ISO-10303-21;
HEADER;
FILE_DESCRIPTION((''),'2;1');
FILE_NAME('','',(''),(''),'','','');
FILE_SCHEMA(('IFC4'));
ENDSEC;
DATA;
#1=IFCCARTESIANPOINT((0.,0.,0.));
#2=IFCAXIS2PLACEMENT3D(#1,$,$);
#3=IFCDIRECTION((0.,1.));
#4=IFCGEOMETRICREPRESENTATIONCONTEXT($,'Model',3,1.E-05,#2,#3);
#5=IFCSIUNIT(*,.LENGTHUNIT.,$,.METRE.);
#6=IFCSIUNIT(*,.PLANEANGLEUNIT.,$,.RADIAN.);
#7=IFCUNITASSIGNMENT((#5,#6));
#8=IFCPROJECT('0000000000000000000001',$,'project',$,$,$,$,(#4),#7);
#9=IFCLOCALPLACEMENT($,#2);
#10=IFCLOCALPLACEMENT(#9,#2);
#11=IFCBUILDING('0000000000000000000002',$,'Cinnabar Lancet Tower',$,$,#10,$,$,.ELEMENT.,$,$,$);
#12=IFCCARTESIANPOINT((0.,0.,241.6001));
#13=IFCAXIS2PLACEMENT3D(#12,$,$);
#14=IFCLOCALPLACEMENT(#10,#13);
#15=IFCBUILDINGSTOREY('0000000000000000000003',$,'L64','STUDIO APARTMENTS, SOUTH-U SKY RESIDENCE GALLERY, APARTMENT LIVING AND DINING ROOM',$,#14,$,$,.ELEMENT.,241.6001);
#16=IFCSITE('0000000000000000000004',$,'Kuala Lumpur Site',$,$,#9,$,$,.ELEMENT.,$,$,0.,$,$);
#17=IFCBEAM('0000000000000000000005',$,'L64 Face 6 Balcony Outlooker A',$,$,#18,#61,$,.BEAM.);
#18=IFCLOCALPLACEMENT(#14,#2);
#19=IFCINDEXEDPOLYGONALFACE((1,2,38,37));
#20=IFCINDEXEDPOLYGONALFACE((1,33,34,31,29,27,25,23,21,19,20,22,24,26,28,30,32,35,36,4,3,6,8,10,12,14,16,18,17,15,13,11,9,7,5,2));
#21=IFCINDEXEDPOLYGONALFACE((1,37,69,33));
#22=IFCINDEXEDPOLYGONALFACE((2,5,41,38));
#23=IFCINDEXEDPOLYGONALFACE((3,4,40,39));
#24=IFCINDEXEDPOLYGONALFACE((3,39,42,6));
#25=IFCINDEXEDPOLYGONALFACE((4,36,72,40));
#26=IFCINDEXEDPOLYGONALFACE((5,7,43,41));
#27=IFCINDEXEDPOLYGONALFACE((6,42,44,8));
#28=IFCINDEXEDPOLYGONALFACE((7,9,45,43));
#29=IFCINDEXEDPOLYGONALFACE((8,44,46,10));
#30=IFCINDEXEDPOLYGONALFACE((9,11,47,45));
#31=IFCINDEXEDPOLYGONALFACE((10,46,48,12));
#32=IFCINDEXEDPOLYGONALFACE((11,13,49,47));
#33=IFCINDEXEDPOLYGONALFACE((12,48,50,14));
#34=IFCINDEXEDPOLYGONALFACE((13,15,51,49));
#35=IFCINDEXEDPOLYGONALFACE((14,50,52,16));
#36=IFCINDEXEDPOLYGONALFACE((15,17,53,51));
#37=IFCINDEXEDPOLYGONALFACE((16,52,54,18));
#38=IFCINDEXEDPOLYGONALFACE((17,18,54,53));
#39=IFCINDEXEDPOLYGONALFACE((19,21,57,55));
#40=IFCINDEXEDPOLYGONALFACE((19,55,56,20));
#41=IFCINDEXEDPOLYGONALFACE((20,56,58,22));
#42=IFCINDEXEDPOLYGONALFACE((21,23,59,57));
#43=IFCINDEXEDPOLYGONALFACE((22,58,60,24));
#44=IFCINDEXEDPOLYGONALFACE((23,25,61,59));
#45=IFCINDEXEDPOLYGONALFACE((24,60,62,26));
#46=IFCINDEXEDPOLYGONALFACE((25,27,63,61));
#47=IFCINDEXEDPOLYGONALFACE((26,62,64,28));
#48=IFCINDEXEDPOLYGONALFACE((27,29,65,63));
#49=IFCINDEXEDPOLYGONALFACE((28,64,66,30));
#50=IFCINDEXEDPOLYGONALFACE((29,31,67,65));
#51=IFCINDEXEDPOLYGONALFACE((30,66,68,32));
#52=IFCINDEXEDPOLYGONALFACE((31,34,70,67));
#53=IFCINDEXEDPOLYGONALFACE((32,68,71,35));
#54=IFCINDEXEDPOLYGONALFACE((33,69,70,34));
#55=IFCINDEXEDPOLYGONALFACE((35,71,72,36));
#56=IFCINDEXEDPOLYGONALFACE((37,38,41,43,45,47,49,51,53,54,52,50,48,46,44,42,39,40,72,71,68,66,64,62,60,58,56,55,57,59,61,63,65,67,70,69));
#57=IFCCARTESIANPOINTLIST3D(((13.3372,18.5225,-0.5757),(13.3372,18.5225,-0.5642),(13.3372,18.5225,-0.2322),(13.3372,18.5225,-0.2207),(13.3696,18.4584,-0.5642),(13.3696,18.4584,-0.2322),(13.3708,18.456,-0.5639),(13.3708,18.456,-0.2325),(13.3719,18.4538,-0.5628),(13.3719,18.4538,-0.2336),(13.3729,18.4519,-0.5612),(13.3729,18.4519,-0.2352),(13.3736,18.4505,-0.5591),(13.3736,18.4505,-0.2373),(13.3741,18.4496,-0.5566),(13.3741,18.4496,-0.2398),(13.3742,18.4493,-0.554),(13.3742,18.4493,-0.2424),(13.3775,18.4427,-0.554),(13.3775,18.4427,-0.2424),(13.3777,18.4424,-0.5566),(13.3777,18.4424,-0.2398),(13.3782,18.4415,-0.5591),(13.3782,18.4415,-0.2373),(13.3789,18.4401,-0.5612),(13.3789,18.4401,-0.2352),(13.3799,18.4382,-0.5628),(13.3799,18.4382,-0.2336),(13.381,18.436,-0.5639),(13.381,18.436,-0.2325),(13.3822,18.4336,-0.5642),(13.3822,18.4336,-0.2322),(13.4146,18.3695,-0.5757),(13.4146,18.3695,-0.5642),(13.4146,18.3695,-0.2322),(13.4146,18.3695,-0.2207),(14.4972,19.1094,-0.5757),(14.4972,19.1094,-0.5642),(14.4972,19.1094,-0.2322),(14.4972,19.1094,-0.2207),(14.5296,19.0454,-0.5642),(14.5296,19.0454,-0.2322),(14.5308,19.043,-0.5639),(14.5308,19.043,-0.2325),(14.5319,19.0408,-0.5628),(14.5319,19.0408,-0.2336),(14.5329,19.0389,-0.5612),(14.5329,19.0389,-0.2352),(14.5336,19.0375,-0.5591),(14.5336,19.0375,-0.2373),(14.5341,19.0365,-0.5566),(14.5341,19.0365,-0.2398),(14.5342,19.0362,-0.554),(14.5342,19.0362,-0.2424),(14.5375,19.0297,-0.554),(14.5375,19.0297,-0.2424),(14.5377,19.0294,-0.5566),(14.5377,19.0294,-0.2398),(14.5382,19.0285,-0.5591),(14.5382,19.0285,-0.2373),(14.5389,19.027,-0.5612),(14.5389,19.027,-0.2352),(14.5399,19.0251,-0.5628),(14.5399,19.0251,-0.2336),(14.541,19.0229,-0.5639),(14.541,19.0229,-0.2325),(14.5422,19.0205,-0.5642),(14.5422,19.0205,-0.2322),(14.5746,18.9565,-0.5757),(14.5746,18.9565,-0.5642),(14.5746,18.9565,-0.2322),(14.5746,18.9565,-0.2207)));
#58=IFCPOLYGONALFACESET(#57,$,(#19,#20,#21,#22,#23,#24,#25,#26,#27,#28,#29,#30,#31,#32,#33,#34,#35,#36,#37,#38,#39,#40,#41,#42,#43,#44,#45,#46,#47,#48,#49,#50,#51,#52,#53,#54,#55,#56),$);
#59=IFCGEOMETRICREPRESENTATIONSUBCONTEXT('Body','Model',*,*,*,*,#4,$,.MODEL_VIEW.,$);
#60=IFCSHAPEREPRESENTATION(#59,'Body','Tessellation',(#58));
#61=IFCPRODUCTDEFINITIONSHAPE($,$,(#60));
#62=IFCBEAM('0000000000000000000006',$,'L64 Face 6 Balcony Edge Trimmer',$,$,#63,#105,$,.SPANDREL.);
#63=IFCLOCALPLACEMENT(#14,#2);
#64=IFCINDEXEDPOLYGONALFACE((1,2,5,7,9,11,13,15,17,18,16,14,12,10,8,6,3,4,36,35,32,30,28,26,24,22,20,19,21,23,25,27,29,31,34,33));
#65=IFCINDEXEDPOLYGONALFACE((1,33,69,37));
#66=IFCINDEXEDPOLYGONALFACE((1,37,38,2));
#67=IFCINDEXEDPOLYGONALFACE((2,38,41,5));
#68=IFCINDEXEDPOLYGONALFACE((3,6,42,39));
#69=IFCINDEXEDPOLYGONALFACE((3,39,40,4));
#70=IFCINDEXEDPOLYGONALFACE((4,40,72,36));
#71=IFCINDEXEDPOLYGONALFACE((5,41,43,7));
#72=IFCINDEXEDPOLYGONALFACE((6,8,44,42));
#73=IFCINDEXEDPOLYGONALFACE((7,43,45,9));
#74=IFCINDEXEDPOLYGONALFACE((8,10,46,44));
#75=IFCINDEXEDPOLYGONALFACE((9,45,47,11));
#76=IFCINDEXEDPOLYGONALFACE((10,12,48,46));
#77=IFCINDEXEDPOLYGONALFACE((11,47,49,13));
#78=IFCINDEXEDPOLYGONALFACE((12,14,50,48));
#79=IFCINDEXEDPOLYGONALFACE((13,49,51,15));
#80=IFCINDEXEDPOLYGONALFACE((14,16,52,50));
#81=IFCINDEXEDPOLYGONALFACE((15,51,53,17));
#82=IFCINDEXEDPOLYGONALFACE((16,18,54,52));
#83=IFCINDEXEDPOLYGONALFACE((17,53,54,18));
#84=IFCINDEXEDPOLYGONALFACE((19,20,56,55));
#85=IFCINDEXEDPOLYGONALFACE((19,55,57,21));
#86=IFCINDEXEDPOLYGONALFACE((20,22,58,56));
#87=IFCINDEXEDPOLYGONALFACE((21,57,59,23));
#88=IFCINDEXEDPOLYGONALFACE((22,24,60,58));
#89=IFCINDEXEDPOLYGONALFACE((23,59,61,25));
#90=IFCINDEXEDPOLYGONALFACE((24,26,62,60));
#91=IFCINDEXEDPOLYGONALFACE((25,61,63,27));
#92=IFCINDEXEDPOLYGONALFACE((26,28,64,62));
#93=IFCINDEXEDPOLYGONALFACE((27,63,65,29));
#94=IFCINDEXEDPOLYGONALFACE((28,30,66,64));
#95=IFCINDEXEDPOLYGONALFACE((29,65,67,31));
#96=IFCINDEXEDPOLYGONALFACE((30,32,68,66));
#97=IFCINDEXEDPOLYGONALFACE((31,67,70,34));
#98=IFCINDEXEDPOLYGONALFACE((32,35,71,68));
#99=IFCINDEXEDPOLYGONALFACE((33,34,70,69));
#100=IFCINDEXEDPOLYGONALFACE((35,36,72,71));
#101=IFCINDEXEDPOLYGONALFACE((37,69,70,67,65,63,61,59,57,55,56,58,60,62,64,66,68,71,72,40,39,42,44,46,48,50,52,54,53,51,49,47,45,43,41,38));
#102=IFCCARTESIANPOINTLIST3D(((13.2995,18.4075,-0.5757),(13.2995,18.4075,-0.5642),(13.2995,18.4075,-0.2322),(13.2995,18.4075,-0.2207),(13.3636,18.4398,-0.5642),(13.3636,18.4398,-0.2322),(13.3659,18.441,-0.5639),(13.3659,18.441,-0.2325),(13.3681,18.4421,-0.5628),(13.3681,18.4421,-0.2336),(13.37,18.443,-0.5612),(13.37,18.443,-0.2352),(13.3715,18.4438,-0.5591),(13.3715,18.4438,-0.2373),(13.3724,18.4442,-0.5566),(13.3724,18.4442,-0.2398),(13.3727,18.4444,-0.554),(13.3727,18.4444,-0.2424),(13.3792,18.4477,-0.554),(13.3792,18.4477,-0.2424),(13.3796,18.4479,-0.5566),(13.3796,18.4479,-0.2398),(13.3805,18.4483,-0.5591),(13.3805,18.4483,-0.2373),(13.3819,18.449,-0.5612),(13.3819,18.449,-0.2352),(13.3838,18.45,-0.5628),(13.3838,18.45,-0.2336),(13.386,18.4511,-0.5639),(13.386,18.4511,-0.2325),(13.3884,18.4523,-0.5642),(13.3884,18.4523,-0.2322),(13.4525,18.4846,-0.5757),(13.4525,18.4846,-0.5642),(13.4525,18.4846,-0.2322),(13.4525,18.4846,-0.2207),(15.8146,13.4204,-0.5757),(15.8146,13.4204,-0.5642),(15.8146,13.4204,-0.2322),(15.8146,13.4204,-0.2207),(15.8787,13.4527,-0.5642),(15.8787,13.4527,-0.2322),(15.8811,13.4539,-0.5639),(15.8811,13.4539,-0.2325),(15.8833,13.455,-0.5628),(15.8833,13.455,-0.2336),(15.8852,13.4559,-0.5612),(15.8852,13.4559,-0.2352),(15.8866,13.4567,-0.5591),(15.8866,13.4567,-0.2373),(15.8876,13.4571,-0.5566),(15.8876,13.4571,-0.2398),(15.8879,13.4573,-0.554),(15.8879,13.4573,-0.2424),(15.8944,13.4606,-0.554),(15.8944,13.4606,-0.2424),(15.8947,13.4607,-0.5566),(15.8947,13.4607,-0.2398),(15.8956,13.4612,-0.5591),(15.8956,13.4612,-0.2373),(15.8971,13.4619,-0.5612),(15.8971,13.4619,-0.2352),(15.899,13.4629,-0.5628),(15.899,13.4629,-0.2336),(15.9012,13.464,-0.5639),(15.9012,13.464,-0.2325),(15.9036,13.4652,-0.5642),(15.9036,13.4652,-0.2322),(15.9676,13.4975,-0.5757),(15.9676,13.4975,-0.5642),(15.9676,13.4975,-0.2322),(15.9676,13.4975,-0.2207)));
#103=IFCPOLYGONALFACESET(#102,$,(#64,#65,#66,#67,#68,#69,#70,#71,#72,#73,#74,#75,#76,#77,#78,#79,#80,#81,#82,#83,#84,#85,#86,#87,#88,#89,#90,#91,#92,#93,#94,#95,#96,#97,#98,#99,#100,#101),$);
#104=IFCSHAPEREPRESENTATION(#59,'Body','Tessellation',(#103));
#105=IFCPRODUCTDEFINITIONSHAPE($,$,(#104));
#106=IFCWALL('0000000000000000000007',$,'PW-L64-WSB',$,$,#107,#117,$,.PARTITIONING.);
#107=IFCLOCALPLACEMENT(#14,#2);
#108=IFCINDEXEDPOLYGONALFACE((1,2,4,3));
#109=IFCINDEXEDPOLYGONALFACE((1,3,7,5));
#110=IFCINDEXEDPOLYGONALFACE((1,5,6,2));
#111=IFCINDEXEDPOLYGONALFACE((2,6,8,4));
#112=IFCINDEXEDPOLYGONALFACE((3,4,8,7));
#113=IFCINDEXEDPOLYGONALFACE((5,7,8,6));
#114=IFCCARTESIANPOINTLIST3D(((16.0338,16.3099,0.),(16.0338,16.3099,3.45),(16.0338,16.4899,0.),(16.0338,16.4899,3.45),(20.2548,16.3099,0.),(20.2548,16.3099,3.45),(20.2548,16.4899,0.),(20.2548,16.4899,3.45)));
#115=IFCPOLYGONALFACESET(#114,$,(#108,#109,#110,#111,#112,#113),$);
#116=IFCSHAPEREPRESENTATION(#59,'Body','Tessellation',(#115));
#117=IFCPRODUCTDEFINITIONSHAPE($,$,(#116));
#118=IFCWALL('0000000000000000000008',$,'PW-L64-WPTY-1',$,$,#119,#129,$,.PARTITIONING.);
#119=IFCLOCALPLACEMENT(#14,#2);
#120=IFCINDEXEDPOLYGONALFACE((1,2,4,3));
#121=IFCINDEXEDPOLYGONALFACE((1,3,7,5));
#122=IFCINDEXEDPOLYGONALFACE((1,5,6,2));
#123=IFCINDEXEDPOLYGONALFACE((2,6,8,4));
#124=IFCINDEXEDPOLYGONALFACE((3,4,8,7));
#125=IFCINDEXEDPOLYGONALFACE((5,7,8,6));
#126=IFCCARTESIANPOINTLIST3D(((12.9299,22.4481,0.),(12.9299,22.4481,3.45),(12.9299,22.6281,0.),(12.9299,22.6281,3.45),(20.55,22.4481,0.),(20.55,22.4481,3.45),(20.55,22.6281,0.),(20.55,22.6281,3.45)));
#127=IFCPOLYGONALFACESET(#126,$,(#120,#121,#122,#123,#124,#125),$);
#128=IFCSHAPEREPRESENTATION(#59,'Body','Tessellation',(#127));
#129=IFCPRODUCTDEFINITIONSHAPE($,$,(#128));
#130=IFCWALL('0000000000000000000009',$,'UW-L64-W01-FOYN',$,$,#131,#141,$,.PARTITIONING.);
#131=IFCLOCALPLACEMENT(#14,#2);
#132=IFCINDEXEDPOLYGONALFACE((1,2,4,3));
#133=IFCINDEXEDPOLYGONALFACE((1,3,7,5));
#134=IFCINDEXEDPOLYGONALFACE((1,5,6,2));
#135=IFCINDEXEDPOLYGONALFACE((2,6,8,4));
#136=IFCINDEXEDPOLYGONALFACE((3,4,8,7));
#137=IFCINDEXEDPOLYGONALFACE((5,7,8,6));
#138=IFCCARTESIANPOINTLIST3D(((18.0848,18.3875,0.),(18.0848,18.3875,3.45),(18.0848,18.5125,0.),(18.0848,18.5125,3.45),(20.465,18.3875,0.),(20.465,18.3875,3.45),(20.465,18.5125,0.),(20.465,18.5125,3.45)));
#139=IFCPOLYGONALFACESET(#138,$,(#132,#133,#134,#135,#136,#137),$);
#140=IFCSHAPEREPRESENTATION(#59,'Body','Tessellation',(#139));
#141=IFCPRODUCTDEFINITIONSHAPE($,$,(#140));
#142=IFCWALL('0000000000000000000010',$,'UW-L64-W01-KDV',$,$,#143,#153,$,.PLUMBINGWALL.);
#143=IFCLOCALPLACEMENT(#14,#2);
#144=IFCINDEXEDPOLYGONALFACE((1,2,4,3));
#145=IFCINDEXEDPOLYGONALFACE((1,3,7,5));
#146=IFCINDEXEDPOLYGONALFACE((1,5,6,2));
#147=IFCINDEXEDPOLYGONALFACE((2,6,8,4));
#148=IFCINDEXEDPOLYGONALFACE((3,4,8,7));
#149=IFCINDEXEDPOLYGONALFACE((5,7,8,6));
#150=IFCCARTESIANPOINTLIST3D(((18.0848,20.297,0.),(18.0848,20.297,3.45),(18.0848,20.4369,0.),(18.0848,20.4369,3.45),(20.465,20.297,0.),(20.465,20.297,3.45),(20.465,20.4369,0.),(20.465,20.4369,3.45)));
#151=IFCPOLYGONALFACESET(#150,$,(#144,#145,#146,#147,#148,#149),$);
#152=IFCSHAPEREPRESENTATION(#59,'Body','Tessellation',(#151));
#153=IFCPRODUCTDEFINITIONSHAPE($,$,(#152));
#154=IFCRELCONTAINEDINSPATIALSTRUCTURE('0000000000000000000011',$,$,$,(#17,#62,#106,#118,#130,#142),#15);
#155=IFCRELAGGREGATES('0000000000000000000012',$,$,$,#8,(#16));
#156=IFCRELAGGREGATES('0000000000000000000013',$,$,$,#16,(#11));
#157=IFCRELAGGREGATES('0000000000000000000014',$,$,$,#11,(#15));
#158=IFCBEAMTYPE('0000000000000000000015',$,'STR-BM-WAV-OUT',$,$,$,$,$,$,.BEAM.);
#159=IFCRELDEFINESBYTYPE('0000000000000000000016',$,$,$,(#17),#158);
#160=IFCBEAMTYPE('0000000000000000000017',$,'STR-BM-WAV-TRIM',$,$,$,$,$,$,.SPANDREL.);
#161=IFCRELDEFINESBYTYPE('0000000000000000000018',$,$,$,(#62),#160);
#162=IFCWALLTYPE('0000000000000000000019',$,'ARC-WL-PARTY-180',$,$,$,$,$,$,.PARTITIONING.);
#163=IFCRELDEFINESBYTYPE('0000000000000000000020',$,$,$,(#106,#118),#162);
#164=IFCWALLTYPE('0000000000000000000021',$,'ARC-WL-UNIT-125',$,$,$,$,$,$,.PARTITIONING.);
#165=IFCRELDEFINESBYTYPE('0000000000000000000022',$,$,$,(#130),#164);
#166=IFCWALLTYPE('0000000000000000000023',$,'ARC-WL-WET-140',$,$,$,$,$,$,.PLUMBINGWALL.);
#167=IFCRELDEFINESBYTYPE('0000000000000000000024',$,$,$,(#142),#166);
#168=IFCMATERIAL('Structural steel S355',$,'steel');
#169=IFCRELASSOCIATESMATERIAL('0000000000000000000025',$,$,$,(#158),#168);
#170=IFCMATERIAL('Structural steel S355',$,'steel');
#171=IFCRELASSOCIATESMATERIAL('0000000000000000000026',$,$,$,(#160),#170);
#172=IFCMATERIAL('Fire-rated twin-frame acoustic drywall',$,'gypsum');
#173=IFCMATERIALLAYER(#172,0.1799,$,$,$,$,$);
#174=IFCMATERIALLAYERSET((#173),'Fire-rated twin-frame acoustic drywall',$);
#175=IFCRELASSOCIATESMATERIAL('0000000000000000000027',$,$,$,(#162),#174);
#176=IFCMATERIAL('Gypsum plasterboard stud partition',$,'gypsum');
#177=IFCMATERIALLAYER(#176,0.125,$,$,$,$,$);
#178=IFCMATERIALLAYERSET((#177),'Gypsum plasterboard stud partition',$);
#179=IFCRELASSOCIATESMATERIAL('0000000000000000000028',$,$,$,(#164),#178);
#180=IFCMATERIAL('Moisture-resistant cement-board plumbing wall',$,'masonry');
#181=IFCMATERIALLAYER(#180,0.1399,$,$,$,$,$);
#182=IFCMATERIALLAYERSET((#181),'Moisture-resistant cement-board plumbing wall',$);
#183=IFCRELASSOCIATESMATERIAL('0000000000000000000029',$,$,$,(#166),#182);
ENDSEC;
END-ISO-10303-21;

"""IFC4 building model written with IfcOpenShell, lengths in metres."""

from ifc_helpers import new_model, si_unit, direction, frame, frame_2d, origin, origin_2d, place, context, subcontext, project, spatial, rectangle, i_section, extrude, material, layer, layer_set, material_profile, profile_set, type_object, element, save


model = new_model("IFC4")

# Units and contexts
model_context = context("Model", 3, precision=1e-05, world=origin(), true_north=direction((0.0, 1.0)))
body_context = subcontext(model_context, "Body", "Model", "MODEL_VIEW")
ifc_project = project(units=[si_unit("LENGTHUNIT", "METRE"), si_unit("PLANEANGLEUNIT", "RADIAN")], contexts=[model_context])

# Site, building, storey
site_placement = place(None, origin())
site = spatial("IfcSite", under=ifc_project, at=site_placement, Name="Kuala Lumpur Site", CompositionType="ELEMENT", RefElevation=0.0)
building_placement = place(site_placement, origin())
building = spatial("IfcBuilding", under=site, at=building_placement, Name="Cinnabar Lancet Tower", CompositionType="ELEMENT")
storey_placement = place(building_placement, frame((0.0, 0.0, 241.6001)))
storey = spatial("IfcBuildingStorey", under=building, at=storey_placement, Name="L64", Description="STUDIO APARTMENTS, SOUTH-U SKY RESIDENCE GALLERY, APARTMENT LIVING AND DINING ROOM", CompositionType="ELEMENT", Elevation=241.6001)

# Beams
ifc_material_1 = material(Name="Structural steel S355", Category="steel")
ifc_material_profile_1 = material_profile(ifc_material_1, i_section(OverallWidth=0.1714, OverallDepth=0.355, WebThickness=0.0073, FlangeThickness=0.0115, FilletRadius=0.0103, at=origin_2d()), Name="UKB 356x171x51")
ifc_profile_set_1 = profile_set([ifc_material_profile_1], Name="Structural steel S355")
beam_type_1 = type_object("IfcBeamType", Name="STR-BM-WAV-OUT", PredefinedType="BEAM", material=ifc_profile_set_1)
beam_1_placement = place(storey_placement, frame((14.5359, 19.033, -0.3982), z_axis=(-0.892276, -0.45149, 0.0), x_axis=(0.45149, -0.892276, 0.0)))
element("IfcBeam", 1, at=beam_1_placement, inside=storey, type_object=beam_type_1, Name="L64 Face 6 Balcony Outlooker A", PredefinedType="BEAM", context=body_context, shape_type="SweptSolid", body=[
    extrude(i_section(OverallWidth=0.1714, OverallDepth=0.355, WebThickness=0.0073, FlangeThickness=0.0115, FilletRadius=0.0103, at=origin_2d()), origin(), (0.0, 0.0, 1.0), 1.3),
])
ifc_material_2 = material(Name="Structural steel S355", Category="steel")
ifc_material_profile_2 = material_profile(ifc_material_2, i_section(OverallWidth=0.1714, OverallDepth=0.355, WebThickness=0.0073, FlangeThickness=0.0115, FilletRadius=0.0103, at=origin_2d()), Name="UKB 356x171x51")
ifc_profile_set_2 = profile_set([ifc_material_profile_2], Name="Structural steel S355")
beam_type_2 = type_object("IfcBeamType", Name="STR-BM-WAV-TRIM", PredefinedType="SPANDREL", material=ifc_profile_set_2)
beam_2_placement = place(storey_placement, frame((13.376, 18.446, -0.3982), z_axis=(0.450306, -0.892874, 0.0), x_axis=(0.892874, 0.450306, 0.0)))
element("IfcBeam", 2, at=beam_2_placement, inside=storey, type_object=beam_type_2, Name="L64 Face 6 Balcony Edge Trimmer", PredefinedType="SPANDREL", context=body_context, shape_type="SweptSolid", body=[
    extrude(i_section(OverallWidth=0.1714, OverallDepth=0.355, WebThickness=0.0073, FlangeThickness=0.0115, FilletRadius=0.0103, at=origin_2d()), origin(), (0.0, 0.0, 1.0), 5.5854),
])

# Walls
ifc_material_3 = material(Name="Fire-rated twin-frame acoustic drywall", Category="gypsum")
ifc_layer_1 = layer(ifc_material_3, 0.1799)
ifc_layer_set_1 = layer_set([ifc_layer_1], Name="Fire-rated twin-frame acoustic drywall")
wall_type_1 = type_object("IfcWallType", Name="ARC-WL-PARTY-180", PredefinedType="PARTITIONING", material=ifc_layer_set_1)
wall_1_placement = place(storey_placement, frame((16.0339, 16.3999, 0.0), z_axis=(0.0, 0.0, 1.0), x_axis=(1.0, 0.0, 0.0)))
element("IfcWall", 3, at=wall_1_placement, inside=storey, type_object=wall_type_1, Name="PW-L64-WSB", PredefinedType="PARTITIONING", context=body_context, shape_type="SweptSolid", body=[
    extrude(rectangle(XDim=4.2209, YDim=0.1799, at=frame_2d((2.1104, 0.0))), origin(), (0.0, 0.0, 1.0), 3.45),
])
wall_2_placement = place(storey_placement, frame((12.9299, 22.5381, 0.0), z_axis=(0.0, 0.0, 1.0), x_axis=(1.0, 0.0, 0.0)))
element("IfcWall", 4, at=wall_2_placement, inside=storey, type_object=wall_type_1, Name="PW-L64-WPTY-1", PredefinedType="PARTITIONING", context=body_context, shape_type="SweptSolid", body=[
    extrude(rectangle(XDim=7.6201, YDim=0.1799, at=frame_2d((3.8101, 0.0))), origin(), (0.0, 0.0, 1.0), 3.45),
])
ifc_material_4 = material(Name="Gypsum plasterboard stud partition", Category="gypsum")
ifc_layer_2 = layer(ifc_material_4, 0.125)
ifc_layer_set_2 = layer_set([ifc_layer_2], Name="Gypsum plasterboard stud partition")
wall_type_2 = type_object("IfcWallType", Name="ARC-WL-UNIT-125", PredefinedType="PARTITIONING", material=ifc_layer_set_2)
wall_3_placement = place(storey_placement, frame((18.085, 18.45, 0.0), z_axis=(0.0, 0.0, 1.0), x_axis=(1.0, 0.0, 0.0)))
element("IfcWall", 5, at=wall_3_placement, inside=storey, type_object=wall_type_2, Name="UW-L64-W01-FOYN", PredefinedType="PARTITIONING", context=body_context, shape_type="SweptSolid", body=[
    extrude(rectangle(XDim=2.3801, YDim=0.125, at=frame_2d((1.1899, 0.0))), origin(), (0.0, 0.0, 1.0), 3.45),
])

# Shared definitions
ifc_material_5 = material(Name="Moisture-resistant cement-board plumbing wall", Category="masonry")
ifc_layer_3 = layer(ifc_material_5, 0.1399)
ifc_layer_set_3 = layer_set([ifc_layer_3], Name="Moisture-resistant cement-board plumbing wall")
wall_type_3 = type_object("IfcWallType", Name="ARC-WL-WET-140", PredefinedType="PLUMBINGWALL", material=ifc_layer_set_3)

# Wall
wall_4_placement = place(storey_placement, frame((18.085, 20.3669, 0.0), z_axis=(0.0, 0.0, 1.0), x_axis=(1.0, 0.0, 0.0)))
element("IfcWall", 6, at=wall_4_placement, inside=storey, type_object=wall_type_3, Name="UW-L64-W01-KDV", PredefinedType="PLUMBINGWALL", context=body_context, shape_type="SweptSolid", body=[
    extrude(rectangle(XDim=2.3801, YDim=0.1399, at=frame_2d((1.1899, 0.0))), origin(), (0.0, 0.0, 1.0), 3.45),
])

save(model, "model.ifc")
